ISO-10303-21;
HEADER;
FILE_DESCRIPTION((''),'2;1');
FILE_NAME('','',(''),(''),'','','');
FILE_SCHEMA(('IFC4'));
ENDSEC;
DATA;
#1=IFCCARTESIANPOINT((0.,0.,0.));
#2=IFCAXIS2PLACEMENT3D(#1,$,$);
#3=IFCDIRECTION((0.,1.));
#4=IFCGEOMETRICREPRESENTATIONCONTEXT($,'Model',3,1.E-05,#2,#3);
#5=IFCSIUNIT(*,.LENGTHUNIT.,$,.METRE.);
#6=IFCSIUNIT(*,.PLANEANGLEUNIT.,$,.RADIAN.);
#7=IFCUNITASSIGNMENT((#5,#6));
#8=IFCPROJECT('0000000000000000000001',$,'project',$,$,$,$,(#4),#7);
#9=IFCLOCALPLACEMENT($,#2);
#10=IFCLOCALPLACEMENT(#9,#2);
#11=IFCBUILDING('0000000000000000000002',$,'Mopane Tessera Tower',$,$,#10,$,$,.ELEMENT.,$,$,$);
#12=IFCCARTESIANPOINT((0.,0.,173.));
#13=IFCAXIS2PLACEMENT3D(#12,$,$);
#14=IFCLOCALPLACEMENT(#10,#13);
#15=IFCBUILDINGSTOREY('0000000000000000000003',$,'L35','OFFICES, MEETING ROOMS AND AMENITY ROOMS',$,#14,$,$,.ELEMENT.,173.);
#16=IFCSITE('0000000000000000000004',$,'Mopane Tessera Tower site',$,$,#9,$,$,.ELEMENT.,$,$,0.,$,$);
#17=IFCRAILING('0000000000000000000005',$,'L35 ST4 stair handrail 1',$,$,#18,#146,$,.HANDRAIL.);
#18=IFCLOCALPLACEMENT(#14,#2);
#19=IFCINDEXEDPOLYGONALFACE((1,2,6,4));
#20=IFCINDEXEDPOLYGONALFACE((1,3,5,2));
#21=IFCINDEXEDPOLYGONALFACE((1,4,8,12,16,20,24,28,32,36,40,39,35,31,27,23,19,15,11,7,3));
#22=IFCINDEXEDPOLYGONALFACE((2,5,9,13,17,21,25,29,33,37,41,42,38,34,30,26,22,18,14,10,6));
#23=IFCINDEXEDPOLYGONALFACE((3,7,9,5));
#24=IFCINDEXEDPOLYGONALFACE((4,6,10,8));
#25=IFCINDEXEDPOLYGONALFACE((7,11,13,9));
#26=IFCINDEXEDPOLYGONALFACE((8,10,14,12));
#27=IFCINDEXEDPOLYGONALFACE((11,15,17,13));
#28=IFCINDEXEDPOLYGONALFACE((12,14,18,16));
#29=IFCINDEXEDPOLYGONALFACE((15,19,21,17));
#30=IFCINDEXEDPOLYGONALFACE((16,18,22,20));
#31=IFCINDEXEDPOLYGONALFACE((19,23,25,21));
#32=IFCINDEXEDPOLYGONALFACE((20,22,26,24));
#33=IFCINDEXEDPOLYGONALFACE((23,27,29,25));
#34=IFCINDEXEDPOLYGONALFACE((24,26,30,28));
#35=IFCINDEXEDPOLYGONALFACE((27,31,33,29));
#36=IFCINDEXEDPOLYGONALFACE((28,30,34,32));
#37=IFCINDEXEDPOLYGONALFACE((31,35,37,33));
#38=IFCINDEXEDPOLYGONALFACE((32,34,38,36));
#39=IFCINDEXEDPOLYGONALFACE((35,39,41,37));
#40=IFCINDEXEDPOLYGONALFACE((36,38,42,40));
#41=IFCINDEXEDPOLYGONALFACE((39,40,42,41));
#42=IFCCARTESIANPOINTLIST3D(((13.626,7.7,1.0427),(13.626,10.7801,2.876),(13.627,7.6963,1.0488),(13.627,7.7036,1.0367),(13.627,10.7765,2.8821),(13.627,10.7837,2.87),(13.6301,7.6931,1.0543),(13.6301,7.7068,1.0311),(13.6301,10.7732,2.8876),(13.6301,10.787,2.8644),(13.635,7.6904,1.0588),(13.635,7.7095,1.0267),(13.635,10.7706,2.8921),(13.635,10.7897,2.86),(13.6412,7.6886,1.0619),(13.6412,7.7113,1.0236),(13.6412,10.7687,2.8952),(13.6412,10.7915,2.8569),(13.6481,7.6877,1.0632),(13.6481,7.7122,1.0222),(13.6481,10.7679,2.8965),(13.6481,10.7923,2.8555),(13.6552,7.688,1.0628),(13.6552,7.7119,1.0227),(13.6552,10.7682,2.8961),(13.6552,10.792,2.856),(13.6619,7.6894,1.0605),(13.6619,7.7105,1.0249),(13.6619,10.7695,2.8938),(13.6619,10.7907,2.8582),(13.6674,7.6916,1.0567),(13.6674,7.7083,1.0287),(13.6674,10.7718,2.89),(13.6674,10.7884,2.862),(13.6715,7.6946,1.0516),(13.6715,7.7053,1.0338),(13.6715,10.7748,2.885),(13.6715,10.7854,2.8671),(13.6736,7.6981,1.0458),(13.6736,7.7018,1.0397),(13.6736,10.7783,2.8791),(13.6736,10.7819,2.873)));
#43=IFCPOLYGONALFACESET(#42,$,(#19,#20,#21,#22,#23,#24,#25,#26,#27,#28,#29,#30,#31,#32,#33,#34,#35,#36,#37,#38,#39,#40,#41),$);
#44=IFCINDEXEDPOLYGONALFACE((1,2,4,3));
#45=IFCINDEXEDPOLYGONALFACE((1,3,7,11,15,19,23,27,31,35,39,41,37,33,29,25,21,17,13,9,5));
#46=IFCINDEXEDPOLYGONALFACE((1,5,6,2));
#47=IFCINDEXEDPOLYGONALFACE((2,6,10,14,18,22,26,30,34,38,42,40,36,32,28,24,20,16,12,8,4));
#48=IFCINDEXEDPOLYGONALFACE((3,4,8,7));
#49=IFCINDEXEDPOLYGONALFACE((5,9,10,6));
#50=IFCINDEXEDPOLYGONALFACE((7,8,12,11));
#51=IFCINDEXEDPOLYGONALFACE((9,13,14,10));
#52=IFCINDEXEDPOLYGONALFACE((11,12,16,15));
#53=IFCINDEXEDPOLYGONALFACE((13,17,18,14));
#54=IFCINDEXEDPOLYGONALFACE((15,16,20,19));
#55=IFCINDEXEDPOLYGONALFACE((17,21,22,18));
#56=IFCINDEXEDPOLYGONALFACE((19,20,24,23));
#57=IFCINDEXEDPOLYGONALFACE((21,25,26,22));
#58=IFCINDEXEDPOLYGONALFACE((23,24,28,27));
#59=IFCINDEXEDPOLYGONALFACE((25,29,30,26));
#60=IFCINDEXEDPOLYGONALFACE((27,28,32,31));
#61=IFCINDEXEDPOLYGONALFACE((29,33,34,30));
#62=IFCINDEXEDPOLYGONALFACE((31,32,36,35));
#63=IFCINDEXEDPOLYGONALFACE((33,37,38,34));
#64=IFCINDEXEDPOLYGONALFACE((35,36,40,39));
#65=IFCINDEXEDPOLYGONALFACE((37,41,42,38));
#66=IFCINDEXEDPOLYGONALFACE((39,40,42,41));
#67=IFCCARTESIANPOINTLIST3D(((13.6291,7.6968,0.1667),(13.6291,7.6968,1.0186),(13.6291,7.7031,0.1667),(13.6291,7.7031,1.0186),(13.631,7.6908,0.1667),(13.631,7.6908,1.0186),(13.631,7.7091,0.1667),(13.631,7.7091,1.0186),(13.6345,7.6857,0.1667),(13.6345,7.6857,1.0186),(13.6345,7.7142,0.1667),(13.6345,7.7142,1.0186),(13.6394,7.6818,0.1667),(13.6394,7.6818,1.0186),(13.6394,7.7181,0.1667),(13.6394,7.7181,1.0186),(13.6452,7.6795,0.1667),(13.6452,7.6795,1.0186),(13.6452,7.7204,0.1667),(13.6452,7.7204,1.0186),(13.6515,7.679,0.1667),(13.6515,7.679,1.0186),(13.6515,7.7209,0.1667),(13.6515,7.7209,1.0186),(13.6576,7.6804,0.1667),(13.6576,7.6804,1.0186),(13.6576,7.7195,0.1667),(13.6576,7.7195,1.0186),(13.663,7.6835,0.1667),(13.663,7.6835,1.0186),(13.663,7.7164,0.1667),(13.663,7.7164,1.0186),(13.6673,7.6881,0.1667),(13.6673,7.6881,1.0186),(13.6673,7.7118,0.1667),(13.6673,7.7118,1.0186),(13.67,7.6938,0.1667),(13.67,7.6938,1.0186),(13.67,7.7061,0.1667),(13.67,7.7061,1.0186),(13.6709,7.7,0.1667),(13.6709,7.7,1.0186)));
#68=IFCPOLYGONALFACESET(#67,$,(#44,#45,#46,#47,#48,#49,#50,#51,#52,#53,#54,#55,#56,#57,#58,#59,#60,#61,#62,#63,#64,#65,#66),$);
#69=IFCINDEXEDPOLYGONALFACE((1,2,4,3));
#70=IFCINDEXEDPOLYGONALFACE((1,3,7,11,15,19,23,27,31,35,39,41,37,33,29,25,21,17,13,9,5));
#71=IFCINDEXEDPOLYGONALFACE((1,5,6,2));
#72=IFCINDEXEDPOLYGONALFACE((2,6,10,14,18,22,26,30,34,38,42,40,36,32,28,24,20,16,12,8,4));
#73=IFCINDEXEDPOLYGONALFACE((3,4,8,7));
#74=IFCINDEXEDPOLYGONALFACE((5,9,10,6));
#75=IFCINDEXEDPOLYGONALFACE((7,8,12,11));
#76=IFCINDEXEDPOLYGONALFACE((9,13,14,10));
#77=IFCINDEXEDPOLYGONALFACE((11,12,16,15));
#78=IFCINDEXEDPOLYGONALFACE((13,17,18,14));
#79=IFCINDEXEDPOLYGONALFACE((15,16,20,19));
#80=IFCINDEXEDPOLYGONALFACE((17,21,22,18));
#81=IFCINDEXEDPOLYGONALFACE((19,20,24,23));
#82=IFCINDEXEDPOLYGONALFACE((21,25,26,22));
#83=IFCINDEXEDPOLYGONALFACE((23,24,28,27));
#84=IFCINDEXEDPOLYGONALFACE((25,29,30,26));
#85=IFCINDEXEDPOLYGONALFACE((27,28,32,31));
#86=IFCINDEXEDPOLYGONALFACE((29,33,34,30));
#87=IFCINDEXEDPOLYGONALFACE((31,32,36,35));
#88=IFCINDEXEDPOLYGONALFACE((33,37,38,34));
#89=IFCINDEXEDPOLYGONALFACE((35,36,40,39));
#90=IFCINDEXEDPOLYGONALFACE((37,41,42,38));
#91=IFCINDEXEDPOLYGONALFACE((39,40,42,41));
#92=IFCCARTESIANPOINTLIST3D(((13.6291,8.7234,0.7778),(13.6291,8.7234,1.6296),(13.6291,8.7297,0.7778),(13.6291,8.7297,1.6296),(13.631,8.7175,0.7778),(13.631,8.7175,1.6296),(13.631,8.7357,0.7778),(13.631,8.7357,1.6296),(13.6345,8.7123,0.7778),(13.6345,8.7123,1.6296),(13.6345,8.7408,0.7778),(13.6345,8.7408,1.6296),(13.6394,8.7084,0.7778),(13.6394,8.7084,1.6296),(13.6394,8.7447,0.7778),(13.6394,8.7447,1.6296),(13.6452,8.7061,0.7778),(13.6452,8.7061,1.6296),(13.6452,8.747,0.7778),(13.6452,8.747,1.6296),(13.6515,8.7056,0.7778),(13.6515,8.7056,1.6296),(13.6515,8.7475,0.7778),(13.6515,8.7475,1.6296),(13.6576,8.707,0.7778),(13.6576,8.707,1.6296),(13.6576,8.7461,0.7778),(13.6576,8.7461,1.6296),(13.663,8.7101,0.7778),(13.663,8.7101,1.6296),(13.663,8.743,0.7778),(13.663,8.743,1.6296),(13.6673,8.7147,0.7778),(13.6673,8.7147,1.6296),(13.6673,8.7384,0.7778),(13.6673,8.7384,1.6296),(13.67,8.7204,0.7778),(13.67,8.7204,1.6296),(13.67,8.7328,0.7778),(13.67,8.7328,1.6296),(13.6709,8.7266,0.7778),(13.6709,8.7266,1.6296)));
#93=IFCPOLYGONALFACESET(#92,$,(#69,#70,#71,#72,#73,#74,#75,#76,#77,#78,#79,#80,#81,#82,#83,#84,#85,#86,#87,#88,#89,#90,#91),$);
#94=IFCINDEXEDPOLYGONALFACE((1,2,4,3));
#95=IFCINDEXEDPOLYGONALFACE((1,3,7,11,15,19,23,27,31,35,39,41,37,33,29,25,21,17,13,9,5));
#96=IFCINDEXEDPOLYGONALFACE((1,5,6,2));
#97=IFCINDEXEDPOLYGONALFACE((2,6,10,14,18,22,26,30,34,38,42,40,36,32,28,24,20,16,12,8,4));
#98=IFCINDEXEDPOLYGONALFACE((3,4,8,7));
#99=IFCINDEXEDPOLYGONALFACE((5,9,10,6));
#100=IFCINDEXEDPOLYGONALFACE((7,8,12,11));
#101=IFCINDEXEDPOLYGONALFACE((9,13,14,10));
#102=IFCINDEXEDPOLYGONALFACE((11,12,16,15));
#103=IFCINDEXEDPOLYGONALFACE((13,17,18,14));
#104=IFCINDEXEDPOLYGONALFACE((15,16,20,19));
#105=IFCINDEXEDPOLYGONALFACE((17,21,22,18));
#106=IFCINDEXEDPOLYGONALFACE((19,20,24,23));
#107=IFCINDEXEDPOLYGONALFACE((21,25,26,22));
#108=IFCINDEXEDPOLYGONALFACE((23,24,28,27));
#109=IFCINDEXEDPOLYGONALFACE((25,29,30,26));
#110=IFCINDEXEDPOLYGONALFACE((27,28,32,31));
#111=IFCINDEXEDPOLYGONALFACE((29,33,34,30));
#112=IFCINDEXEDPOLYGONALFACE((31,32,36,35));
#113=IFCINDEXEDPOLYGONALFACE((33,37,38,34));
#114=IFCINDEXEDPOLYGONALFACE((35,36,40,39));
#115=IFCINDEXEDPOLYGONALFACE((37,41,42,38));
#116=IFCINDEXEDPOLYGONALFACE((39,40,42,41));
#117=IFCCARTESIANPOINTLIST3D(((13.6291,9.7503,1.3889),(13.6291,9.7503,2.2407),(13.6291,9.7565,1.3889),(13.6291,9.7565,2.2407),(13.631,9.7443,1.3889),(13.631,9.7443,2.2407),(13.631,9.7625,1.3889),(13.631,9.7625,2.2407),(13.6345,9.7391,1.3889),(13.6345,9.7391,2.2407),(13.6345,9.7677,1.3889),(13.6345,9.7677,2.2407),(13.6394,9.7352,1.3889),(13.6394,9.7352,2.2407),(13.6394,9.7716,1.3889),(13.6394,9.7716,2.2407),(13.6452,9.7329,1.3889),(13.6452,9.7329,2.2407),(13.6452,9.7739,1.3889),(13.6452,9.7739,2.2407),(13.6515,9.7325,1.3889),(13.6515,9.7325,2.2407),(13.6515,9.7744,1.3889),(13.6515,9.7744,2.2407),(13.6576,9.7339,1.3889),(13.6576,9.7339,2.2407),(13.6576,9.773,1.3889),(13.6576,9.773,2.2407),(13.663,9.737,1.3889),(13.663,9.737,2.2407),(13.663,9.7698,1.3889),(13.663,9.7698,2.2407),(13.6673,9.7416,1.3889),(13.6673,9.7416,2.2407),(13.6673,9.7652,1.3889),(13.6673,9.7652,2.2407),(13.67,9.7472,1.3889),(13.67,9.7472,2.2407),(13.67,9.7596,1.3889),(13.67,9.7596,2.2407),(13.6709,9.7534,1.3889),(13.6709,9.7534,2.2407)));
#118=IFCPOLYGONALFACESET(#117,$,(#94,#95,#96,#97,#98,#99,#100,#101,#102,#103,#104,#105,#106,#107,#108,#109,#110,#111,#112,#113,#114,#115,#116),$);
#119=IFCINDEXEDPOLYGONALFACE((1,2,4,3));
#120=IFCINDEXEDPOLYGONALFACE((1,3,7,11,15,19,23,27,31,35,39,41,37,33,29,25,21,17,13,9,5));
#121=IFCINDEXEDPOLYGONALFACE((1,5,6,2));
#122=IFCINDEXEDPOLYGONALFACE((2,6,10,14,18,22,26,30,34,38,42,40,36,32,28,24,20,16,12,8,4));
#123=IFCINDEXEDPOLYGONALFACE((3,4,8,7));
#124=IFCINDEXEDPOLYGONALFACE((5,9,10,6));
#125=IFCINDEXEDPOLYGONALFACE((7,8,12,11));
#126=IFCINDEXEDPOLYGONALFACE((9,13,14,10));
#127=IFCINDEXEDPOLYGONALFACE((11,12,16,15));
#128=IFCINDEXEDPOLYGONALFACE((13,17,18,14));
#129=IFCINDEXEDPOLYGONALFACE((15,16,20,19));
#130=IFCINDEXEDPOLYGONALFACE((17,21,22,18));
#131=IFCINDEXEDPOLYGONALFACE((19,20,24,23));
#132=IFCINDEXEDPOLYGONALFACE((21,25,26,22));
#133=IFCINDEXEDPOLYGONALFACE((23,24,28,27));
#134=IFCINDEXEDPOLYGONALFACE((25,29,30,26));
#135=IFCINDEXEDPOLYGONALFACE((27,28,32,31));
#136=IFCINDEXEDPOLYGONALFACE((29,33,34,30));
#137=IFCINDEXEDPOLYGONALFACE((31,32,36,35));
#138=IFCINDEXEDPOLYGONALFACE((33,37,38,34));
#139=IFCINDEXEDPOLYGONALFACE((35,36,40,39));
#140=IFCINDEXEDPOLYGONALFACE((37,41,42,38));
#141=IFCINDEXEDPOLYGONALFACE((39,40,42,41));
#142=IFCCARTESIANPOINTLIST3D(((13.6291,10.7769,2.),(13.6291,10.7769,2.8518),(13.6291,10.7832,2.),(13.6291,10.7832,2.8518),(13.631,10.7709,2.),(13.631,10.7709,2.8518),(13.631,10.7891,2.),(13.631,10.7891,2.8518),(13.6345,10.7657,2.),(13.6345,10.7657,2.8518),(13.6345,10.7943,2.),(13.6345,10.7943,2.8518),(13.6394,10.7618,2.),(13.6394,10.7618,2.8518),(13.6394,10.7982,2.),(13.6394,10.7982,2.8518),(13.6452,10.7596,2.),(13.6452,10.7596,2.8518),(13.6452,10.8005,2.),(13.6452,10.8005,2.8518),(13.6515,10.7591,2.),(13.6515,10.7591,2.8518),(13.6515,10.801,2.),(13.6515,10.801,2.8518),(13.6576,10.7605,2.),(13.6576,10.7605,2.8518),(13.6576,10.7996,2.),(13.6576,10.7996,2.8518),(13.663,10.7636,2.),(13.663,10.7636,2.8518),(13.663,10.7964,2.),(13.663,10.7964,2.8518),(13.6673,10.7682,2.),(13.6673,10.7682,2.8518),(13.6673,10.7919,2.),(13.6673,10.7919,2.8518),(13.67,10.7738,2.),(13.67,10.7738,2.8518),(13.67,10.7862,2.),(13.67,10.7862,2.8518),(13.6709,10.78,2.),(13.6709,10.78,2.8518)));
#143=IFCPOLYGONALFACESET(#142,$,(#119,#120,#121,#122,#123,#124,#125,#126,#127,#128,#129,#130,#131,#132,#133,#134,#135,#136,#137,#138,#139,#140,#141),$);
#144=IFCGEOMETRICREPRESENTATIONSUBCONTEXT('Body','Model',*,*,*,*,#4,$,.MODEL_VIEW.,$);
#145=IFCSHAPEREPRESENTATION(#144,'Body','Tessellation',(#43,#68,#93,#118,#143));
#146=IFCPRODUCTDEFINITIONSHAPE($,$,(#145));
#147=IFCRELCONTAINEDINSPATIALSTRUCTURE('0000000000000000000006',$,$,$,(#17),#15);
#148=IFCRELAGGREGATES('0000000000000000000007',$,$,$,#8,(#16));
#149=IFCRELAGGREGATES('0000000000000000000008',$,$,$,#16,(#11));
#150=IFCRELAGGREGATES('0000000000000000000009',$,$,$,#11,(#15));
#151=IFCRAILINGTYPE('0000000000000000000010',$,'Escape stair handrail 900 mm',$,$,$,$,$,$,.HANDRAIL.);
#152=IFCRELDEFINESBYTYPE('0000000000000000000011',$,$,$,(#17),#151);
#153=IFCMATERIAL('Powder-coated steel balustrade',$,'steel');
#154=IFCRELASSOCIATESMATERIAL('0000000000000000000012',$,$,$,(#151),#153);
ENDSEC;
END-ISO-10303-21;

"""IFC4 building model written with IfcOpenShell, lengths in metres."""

from ifc_helpers import new_model, si_unit, direction, frame, origin, origin_2d, place, context, subcontext, project, spatial, circle, extrude, material, type_object, element, save


model = new_model("IFC4")

# Units and contexts
model_context = context("Model", 3, precision=1e-05, world=origin(), true_north=direction((0.0, 1.0)))
body_context = subcontext(model_context, "Body", "Model", "MODEL_VIEW")
ifc_project = project(units=[si_unit("LENGTHUNIT", "METRE"), si_unit("PLANEANGLEUNIT", "RADIAN")], contexts=[model_context])

# Site, building, storey
site_placement = place(None, origin())
site = spatial("IfcSite", under=ifc_project, at=site_placement, Name="Mopane Tessera Tower site", CompositionType="ELEMENT", RefElevation=0.0)
building_placement = place(site_placement, origin())
building = spatial("IfcBuilding", under=site, at=building_placement, Name="Mopane Tessera Tower", CompositionType="ELEMENT")
storey_placement = place(building_placement, frame((0.0, 0.0, 173.0)))
storey = spatial("IfcBuildingStorey", under=building, at=storey_placement, Name="L35", Description="OFFICES, MEETING ROOMS AND AMENITY ROOMS", CompositionType="ELEMENT", Elevation=173.0)

# Railing
ifc_material_1 = material(Name="Powder-coated steel balustrade", Category="steel")
railing_type_1 = type_object("IfcRailingType", Name="Escape stair handrail 900 mm", PredefinedType="HANDRAIL", material=ifc_material_1)
railing_1_placement = place(storey_placement, frame((13.6499, 7.7, 0.1667)))
element("IfcRailing", 1, at=railing_1_placement, inside=storey, type_object=railing_type_1, Name="L35 ST4 stair handrail 1", PredefinedType="HANDRAIL", context=body_context, shape_type="SweptSolid", body=[
    extrude(circle(Radius=0.0239, at=origin_2d()), frame((0.0, 0.0, 0.876), z_axis=(0.0, 0.859309, 0.511458), x_axis=(-1.0, 0.0, 0.0)), (0.0, 0.0, 1.0), 3.5845),
    extrude(circle(Radius=0.021, at=origin_2d()), origin(), (0.0, 0.0, 1.0), 0.8518),
    extrude(circle(Radius=0.021, at=origin_2d()), frame((0.0, 1.0266, 0.6111)), (0.0, 0.0, 1.0), 0.8518),
    extrude(circle(Radius=0.021, at=origin_2d()), frame((0.0, 2.0535, 1.2222)), (0.0, 0.0, 1.0), 0.8518),
    extrude(circle(Radius=0.021, at=origin_2d()), frame((0.0, 3.0801, 1.8333)), (0.0, 0.0, 1.0), 0.8518),
])

save(model, "model.ifc")
